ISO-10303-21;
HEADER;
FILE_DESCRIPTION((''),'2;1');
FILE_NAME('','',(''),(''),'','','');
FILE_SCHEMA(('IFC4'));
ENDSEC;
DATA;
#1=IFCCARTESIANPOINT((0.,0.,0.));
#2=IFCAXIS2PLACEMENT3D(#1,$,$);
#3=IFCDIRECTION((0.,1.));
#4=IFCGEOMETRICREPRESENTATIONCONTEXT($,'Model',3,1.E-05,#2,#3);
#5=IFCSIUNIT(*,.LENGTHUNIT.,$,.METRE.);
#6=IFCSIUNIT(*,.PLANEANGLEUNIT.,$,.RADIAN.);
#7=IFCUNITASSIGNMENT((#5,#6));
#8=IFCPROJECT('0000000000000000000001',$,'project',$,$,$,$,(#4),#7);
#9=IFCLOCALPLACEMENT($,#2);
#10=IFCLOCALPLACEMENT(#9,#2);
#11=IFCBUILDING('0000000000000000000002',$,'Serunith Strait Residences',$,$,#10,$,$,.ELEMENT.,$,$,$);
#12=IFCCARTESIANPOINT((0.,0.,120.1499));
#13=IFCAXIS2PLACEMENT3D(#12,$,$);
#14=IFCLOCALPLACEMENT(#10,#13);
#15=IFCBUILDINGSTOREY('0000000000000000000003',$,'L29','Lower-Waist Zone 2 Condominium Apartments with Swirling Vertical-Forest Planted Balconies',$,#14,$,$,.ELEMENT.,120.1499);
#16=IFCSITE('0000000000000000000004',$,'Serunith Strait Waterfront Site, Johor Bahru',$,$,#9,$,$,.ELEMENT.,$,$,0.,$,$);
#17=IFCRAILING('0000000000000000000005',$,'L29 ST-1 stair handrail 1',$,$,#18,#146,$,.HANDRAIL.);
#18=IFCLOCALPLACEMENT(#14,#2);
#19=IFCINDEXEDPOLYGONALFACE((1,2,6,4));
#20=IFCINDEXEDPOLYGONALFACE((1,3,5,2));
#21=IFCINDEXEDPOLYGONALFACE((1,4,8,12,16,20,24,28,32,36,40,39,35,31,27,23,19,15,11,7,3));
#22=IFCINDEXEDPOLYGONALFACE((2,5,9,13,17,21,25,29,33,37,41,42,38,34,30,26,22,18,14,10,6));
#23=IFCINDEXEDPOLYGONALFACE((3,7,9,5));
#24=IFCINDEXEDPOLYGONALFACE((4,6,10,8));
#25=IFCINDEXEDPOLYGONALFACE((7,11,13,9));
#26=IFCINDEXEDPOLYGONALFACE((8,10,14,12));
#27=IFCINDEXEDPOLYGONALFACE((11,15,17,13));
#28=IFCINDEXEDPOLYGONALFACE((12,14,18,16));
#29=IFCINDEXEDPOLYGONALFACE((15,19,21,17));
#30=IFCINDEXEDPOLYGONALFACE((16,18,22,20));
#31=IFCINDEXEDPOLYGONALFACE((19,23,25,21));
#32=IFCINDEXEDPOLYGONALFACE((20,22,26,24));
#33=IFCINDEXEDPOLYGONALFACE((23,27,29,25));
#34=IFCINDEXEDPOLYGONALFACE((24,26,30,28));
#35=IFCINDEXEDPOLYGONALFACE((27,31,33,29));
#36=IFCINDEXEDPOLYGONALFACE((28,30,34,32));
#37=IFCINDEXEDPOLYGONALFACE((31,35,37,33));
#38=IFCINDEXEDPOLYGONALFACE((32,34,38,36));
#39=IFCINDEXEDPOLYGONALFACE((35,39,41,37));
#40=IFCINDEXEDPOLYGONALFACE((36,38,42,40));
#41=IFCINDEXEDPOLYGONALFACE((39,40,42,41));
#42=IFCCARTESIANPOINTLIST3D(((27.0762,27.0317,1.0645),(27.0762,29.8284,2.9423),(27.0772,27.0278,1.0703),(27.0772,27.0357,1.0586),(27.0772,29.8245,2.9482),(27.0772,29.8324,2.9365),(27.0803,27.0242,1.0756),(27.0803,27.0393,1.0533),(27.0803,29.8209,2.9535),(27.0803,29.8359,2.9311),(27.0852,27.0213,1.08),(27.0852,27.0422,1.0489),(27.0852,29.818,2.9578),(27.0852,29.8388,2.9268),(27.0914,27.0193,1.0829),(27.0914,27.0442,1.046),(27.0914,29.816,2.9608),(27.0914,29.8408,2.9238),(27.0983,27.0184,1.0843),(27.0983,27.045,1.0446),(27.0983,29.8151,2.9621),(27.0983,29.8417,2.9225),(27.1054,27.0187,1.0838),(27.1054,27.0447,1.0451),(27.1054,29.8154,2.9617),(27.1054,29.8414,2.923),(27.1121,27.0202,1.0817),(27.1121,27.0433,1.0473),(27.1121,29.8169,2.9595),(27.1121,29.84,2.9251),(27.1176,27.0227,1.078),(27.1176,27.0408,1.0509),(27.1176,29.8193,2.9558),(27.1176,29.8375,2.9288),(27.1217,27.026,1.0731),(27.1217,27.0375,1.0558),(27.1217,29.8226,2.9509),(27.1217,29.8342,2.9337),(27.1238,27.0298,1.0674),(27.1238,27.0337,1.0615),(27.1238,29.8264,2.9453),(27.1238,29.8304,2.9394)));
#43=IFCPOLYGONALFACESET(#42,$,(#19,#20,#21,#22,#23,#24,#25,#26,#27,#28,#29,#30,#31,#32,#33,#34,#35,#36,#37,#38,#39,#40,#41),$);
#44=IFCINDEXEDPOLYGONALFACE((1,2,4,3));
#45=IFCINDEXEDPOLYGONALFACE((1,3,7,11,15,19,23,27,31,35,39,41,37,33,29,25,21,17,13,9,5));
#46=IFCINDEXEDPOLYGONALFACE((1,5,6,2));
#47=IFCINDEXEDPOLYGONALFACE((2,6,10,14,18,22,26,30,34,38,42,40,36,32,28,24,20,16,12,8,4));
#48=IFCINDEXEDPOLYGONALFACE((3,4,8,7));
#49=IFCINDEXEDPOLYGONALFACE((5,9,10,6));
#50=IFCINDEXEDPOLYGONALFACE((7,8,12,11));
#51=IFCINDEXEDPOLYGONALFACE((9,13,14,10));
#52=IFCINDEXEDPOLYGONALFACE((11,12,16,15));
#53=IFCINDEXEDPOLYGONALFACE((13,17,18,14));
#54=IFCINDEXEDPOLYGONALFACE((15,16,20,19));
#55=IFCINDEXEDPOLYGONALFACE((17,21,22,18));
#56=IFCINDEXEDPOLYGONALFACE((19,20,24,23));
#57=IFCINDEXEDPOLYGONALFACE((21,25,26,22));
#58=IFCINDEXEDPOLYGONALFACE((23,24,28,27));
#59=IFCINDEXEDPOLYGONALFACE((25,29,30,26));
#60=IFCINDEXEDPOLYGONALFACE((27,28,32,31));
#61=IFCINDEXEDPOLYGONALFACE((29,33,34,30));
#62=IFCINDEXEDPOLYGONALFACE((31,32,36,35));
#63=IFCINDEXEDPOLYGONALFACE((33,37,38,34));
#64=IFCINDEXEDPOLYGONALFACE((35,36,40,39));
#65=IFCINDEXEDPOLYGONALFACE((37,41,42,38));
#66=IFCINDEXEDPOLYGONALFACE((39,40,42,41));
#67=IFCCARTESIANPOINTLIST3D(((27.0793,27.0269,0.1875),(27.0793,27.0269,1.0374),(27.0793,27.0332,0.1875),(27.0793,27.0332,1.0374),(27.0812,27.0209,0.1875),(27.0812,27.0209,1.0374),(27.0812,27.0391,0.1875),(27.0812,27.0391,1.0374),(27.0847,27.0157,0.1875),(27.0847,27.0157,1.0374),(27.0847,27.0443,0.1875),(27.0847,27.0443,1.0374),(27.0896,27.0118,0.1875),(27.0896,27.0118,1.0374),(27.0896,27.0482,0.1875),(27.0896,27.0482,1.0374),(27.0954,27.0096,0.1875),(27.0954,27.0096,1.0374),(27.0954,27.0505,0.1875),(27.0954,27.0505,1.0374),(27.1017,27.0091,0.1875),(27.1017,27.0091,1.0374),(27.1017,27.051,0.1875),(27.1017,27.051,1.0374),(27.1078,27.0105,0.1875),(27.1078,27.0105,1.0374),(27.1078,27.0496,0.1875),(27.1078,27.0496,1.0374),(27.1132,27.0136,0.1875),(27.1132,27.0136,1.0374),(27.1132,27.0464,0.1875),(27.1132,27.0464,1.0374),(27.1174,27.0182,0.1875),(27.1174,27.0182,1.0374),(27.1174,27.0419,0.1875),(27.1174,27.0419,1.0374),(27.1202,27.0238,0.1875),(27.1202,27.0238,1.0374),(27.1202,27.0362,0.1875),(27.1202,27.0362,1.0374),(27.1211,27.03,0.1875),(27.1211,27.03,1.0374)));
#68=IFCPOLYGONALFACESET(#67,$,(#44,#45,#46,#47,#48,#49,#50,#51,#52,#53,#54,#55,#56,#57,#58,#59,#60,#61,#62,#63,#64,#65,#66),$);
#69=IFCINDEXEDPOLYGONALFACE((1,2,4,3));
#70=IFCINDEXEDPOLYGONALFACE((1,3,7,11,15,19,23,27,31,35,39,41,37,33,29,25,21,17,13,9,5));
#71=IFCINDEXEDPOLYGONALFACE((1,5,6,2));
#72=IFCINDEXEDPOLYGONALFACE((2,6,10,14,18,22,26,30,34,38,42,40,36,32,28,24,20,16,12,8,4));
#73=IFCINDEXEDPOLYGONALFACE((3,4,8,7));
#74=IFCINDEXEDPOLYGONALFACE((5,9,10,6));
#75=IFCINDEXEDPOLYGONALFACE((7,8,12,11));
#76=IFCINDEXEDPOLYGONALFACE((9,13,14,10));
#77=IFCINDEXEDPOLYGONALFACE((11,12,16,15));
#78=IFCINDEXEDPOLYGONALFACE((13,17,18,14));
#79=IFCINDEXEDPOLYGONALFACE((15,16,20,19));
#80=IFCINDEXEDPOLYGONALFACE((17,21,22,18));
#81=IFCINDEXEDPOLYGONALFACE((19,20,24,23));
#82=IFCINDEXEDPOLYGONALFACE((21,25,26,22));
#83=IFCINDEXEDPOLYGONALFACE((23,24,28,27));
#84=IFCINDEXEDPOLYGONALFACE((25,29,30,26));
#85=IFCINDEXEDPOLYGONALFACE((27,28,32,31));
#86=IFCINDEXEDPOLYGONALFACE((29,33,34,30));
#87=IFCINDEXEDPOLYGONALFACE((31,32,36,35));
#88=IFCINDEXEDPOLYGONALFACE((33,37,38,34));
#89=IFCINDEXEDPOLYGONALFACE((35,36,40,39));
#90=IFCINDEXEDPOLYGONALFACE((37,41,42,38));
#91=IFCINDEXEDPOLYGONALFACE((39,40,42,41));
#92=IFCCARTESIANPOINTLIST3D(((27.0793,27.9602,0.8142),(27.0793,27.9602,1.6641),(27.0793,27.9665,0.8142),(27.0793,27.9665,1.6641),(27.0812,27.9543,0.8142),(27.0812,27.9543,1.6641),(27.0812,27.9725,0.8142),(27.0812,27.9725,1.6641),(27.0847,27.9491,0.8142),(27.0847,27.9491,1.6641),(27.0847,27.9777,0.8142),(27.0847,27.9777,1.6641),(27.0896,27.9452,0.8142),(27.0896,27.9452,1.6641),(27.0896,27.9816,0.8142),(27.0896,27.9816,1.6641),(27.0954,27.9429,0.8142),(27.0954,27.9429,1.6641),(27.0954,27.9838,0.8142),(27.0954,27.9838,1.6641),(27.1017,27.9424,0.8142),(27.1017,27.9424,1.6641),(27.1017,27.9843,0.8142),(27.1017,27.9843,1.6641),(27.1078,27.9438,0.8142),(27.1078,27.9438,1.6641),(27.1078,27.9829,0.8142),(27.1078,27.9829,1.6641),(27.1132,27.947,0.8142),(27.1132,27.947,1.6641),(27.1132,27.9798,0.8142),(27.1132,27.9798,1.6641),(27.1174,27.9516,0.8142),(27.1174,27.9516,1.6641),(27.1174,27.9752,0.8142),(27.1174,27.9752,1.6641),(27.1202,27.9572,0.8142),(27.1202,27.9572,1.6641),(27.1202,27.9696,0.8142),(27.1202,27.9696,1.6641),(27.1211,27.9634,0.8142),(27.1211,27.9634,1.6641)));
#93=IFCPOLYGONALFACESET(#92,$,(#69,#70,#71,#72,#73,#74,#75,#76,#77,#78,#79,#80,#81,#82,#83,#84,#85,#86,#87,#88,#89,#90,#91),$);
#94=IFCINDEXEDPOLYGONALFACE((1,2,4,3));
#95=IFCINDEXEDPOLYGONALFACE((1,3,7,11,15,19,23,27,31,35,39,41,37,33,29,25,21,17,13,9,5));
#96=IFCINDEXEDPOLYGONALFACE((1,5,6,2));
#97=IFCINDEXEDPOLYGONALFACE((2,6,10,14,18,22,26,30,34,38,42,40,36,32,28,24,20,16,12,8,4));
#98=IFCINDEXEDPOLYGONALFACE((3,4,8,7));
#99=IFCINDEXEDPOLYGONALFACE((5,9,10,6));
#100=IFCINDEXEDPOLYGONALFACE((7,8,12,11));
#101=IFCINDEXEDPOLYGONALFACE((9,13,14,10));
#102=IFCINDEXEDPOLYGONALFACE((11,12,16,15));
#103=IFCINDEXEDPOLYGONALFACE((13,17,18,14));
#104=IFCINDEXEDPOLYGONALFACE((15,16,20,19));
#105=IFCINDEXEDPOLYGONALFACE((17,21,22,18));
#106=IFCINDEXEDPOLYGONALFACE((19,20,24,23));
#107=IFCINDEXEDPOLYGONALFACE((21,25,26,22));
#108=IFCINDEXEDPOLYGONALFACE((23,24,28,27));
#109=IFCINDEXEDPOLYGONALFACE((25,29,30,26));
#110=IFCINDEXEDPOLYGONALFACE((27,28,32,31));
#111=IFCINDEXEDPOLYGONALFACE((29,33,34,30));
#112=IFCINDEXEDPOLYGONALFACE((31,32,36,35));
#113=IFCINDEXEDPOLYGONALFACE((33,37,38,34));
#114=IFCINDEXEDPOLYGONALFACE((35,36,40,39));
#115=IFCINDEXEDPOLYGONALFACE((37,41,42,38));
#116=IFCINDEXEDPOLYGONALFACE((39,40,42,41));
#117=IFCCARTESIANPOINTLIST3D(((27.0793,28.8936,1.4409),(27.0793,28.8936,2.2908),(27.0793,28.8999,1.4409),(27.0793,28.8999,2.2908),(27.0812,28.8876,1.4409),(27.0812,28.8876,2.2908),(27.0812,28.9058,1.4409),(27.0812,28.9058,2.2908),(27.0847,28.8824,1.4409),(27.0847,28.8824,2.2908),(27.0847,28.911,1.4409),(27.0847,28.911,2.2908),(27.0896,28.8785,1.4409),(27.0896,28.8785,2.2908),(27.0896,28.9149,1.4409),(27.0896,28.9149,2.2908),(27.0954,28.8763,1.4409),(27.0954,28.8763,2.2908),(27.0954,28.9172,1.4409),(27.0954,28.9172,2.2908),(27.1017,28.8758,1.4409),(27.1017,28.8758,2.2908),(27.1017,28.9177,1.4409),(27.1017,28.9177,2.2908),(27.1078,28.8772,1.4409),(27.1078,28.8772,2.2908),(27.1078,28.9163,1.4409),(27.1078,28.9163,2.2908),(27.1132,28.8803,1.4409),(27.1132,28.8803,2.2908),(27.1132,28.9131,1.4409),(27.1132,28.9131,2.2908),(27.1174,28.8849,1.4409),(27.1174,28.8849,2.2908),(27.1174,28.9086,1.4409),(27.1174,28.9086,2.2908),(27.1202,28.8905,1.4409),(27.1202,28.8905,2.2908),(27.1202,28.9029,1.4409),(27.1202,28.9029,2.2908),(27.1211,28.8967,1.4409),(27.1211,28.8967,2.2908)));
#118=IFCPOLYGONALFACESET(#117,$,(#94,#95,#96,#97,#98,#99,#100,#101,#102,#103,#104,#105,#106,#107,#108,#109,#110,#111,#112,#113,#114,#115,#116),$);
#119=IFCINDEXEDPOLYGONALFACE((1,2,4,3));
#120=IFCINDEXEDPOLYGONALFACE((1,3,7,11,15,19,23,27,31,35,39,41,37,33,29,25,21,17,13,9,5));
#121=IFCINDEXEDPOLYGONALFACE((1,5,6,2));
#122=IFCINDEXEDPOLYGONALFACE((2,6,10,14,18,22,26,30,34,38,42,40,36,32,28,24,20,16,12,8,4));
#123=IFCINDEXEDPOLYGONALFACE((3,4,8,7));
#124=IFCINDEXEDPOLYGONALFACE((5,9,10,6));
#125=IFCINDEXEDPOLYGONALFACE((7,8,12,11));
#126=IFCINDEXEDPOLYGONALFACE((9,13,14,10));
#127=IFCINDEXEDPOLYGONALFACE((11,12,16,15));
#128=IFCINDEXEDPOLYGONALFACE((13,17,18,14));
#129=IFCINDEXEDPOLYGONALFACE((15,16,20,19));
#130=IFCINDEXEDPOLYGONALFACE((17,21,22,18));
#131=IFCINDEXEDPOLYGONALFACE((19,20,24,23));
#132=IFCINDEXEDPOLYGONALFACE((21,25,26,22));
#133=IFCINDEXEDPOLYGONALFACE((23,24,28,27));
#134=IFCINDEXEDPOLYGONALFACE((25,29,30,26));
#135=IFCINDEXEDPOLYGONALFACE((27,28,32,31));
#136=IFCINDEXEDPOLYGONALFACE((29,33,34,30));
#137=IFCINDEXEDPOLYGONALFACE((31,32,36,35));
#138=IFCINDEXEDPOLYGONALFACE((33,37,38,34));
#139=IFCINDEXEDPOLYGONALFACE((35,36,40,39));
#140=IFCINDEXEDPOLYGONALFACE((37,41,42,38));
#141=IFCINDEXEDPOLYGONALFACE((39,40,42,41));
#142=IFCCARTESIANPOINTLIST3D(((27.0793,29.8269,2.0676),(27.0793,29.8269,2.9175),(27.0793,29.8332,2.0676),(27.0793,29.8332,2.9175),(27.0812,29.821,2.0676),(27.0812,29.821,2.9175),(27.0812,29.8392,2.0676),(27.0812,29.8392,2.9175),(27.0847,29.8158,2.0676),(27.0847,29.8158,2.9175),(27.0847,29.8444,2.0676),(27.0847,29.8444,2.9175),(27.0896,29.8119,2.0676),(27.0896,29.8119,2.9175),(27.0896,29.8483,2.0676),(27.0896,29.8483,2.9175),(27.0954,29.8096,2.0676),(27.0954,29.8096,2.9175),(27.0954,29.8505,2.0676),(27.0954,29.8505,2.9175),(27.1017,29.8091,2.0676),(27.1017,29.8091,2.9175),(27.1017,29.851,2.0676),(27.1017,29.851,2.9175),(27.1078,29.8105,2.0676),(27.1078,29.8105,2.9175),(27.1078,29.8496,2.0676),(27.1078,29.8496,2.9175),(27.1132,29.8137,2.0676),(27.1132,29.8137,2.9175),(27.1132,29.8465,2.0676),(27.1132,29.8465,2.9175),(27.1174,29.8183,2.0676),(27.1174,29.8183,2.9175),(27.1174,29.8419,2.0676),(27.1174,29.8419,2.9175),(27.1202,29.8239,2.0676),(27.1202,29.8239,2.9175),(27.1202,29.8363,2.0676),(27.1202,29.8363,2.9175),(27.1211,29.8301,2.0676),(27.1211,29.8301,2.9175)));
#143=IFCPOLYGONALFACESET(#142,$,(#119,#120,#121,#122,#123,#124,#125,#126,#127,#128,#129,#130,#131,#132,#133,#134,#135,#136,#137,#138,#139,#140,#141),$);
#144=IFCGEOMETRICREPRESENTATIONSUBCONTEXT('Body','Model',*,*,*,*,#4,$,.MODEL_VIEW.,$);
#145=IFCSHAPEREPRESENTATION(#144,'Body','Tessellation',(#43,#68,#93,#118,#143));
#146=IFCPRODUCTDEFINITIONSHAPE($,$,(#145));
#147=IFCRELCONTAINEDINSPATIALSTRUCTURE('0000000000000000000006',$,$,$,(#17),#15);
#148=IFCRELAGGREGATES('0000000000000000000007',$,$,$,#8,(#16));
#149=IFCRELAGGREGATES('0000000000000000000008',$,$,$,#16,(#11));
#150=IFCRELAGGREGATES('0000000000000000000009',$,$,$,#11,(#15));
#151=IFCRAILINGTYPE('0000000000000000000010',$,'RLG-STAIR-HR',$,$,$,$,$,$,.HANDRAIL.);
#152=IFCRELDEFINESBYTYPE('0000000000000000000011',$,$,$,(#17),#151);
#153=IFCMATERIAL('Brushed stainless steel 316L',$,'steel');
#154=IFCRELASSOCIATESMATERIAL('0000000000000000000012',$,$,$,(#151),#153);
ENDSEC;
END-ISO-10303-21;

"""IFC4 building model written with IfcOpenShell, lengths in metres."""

from ifc_helpers import new_model, si_unit, direction, frame, origin, origin_2d, place, context, subcontext, project, spatial, circle, extrude, material, type_object, element, save


model = new_model("IFC4")

# Units and contexts
model_context = context("Model", 3, precision=1e-05, world=origin(), true_north=direction((0.0, 1.0)))
body_context = subcontext(model_context, "Body", "Model", "MODEL_VIEW")
ifc_project = project(units=[si_unit("LENGTHUNIT", "METRE"), si_unit("PLANEANGLEUNIT", "RADIAN")], contexts=[model_context])

# Site, building, storey
site_placement = place(None, origin())
site = spatial("IfcSite", under=ifc_project, at=site_placement, Name="Serunith Strait Waterfront Site, Johor Bahru", CompositionType="ELEMENT", RefElevation=0.0)
building_placement = place(site_placement, origin())
building = spatial("IfcBuilding", under=site, at=building_placement, Name="Serunith Strait Residences", CompositionType="ELEMENT")
storey_placement = place(building_placement, frame((0.0, 0.0, 120.1499)))
storey = spatial("IfcBuildingStorey", under=building, at=storey_placement, Name="L29", Description="Lower-Waist Zone 2 Condominium Apartments with Swirling Vertical-Forest Planted Balconies", CompositionType="ELEMENT", Elevation=120.1499)

# Railing
ifc_material_1 = material(Name="Brushed stainless steel 316L", Category="steel")
railing_type_1 = type_object("IfcRailingType", Name="RLG-STAIR-HR", PredefinedType="HANDRAIL", material=ifc_material_1)
railing_1_placement = place(storey_placement, frame((27.1001, 27.03, 0.1875)))
element("IfcRailing", 1, at=railing_1_placement, inside=storey, type_object=railing_type_1, Name="L29 ST-1 stair handrail 1", PredefinedType="HANDRAIL", context=body_context, shape_type="SweptSolid", body=[
    extrude(circle(Radius=0.0239, at=origin_2d()), frame((0.0, 0.0017, 0.877), z_axis=(0.0, 0.830208, 0.557453), x_axis=(-1.0, 0.0, 0.0)), (0.0, 0.0, 1.0), 3.3687),
    extrude(circle(Radius=0.021, at=origin_2d()), origin(), (0.0, 0.0, 1.0), 0.8499),
    extrude(circle(Radius=0.021, at=origin_2d()), frame((0.0, 0.9333, 0.6267)), (0.0, 0.0, 1.0), 0.8499),
    extrude(circle(Radius=0.021, at=origin_2d()), frame((0.0, 1.8667, 1.2534)), (0.0, 0.0, 1.0), 0.8499),
    extrude(circle(Radius=0.021, at=origin_2d()), frame((0.0, 2.8, 1.8801)), (0.0, 0.0, 1.0), 0.8499),
])

save(model, "model.ifc")
